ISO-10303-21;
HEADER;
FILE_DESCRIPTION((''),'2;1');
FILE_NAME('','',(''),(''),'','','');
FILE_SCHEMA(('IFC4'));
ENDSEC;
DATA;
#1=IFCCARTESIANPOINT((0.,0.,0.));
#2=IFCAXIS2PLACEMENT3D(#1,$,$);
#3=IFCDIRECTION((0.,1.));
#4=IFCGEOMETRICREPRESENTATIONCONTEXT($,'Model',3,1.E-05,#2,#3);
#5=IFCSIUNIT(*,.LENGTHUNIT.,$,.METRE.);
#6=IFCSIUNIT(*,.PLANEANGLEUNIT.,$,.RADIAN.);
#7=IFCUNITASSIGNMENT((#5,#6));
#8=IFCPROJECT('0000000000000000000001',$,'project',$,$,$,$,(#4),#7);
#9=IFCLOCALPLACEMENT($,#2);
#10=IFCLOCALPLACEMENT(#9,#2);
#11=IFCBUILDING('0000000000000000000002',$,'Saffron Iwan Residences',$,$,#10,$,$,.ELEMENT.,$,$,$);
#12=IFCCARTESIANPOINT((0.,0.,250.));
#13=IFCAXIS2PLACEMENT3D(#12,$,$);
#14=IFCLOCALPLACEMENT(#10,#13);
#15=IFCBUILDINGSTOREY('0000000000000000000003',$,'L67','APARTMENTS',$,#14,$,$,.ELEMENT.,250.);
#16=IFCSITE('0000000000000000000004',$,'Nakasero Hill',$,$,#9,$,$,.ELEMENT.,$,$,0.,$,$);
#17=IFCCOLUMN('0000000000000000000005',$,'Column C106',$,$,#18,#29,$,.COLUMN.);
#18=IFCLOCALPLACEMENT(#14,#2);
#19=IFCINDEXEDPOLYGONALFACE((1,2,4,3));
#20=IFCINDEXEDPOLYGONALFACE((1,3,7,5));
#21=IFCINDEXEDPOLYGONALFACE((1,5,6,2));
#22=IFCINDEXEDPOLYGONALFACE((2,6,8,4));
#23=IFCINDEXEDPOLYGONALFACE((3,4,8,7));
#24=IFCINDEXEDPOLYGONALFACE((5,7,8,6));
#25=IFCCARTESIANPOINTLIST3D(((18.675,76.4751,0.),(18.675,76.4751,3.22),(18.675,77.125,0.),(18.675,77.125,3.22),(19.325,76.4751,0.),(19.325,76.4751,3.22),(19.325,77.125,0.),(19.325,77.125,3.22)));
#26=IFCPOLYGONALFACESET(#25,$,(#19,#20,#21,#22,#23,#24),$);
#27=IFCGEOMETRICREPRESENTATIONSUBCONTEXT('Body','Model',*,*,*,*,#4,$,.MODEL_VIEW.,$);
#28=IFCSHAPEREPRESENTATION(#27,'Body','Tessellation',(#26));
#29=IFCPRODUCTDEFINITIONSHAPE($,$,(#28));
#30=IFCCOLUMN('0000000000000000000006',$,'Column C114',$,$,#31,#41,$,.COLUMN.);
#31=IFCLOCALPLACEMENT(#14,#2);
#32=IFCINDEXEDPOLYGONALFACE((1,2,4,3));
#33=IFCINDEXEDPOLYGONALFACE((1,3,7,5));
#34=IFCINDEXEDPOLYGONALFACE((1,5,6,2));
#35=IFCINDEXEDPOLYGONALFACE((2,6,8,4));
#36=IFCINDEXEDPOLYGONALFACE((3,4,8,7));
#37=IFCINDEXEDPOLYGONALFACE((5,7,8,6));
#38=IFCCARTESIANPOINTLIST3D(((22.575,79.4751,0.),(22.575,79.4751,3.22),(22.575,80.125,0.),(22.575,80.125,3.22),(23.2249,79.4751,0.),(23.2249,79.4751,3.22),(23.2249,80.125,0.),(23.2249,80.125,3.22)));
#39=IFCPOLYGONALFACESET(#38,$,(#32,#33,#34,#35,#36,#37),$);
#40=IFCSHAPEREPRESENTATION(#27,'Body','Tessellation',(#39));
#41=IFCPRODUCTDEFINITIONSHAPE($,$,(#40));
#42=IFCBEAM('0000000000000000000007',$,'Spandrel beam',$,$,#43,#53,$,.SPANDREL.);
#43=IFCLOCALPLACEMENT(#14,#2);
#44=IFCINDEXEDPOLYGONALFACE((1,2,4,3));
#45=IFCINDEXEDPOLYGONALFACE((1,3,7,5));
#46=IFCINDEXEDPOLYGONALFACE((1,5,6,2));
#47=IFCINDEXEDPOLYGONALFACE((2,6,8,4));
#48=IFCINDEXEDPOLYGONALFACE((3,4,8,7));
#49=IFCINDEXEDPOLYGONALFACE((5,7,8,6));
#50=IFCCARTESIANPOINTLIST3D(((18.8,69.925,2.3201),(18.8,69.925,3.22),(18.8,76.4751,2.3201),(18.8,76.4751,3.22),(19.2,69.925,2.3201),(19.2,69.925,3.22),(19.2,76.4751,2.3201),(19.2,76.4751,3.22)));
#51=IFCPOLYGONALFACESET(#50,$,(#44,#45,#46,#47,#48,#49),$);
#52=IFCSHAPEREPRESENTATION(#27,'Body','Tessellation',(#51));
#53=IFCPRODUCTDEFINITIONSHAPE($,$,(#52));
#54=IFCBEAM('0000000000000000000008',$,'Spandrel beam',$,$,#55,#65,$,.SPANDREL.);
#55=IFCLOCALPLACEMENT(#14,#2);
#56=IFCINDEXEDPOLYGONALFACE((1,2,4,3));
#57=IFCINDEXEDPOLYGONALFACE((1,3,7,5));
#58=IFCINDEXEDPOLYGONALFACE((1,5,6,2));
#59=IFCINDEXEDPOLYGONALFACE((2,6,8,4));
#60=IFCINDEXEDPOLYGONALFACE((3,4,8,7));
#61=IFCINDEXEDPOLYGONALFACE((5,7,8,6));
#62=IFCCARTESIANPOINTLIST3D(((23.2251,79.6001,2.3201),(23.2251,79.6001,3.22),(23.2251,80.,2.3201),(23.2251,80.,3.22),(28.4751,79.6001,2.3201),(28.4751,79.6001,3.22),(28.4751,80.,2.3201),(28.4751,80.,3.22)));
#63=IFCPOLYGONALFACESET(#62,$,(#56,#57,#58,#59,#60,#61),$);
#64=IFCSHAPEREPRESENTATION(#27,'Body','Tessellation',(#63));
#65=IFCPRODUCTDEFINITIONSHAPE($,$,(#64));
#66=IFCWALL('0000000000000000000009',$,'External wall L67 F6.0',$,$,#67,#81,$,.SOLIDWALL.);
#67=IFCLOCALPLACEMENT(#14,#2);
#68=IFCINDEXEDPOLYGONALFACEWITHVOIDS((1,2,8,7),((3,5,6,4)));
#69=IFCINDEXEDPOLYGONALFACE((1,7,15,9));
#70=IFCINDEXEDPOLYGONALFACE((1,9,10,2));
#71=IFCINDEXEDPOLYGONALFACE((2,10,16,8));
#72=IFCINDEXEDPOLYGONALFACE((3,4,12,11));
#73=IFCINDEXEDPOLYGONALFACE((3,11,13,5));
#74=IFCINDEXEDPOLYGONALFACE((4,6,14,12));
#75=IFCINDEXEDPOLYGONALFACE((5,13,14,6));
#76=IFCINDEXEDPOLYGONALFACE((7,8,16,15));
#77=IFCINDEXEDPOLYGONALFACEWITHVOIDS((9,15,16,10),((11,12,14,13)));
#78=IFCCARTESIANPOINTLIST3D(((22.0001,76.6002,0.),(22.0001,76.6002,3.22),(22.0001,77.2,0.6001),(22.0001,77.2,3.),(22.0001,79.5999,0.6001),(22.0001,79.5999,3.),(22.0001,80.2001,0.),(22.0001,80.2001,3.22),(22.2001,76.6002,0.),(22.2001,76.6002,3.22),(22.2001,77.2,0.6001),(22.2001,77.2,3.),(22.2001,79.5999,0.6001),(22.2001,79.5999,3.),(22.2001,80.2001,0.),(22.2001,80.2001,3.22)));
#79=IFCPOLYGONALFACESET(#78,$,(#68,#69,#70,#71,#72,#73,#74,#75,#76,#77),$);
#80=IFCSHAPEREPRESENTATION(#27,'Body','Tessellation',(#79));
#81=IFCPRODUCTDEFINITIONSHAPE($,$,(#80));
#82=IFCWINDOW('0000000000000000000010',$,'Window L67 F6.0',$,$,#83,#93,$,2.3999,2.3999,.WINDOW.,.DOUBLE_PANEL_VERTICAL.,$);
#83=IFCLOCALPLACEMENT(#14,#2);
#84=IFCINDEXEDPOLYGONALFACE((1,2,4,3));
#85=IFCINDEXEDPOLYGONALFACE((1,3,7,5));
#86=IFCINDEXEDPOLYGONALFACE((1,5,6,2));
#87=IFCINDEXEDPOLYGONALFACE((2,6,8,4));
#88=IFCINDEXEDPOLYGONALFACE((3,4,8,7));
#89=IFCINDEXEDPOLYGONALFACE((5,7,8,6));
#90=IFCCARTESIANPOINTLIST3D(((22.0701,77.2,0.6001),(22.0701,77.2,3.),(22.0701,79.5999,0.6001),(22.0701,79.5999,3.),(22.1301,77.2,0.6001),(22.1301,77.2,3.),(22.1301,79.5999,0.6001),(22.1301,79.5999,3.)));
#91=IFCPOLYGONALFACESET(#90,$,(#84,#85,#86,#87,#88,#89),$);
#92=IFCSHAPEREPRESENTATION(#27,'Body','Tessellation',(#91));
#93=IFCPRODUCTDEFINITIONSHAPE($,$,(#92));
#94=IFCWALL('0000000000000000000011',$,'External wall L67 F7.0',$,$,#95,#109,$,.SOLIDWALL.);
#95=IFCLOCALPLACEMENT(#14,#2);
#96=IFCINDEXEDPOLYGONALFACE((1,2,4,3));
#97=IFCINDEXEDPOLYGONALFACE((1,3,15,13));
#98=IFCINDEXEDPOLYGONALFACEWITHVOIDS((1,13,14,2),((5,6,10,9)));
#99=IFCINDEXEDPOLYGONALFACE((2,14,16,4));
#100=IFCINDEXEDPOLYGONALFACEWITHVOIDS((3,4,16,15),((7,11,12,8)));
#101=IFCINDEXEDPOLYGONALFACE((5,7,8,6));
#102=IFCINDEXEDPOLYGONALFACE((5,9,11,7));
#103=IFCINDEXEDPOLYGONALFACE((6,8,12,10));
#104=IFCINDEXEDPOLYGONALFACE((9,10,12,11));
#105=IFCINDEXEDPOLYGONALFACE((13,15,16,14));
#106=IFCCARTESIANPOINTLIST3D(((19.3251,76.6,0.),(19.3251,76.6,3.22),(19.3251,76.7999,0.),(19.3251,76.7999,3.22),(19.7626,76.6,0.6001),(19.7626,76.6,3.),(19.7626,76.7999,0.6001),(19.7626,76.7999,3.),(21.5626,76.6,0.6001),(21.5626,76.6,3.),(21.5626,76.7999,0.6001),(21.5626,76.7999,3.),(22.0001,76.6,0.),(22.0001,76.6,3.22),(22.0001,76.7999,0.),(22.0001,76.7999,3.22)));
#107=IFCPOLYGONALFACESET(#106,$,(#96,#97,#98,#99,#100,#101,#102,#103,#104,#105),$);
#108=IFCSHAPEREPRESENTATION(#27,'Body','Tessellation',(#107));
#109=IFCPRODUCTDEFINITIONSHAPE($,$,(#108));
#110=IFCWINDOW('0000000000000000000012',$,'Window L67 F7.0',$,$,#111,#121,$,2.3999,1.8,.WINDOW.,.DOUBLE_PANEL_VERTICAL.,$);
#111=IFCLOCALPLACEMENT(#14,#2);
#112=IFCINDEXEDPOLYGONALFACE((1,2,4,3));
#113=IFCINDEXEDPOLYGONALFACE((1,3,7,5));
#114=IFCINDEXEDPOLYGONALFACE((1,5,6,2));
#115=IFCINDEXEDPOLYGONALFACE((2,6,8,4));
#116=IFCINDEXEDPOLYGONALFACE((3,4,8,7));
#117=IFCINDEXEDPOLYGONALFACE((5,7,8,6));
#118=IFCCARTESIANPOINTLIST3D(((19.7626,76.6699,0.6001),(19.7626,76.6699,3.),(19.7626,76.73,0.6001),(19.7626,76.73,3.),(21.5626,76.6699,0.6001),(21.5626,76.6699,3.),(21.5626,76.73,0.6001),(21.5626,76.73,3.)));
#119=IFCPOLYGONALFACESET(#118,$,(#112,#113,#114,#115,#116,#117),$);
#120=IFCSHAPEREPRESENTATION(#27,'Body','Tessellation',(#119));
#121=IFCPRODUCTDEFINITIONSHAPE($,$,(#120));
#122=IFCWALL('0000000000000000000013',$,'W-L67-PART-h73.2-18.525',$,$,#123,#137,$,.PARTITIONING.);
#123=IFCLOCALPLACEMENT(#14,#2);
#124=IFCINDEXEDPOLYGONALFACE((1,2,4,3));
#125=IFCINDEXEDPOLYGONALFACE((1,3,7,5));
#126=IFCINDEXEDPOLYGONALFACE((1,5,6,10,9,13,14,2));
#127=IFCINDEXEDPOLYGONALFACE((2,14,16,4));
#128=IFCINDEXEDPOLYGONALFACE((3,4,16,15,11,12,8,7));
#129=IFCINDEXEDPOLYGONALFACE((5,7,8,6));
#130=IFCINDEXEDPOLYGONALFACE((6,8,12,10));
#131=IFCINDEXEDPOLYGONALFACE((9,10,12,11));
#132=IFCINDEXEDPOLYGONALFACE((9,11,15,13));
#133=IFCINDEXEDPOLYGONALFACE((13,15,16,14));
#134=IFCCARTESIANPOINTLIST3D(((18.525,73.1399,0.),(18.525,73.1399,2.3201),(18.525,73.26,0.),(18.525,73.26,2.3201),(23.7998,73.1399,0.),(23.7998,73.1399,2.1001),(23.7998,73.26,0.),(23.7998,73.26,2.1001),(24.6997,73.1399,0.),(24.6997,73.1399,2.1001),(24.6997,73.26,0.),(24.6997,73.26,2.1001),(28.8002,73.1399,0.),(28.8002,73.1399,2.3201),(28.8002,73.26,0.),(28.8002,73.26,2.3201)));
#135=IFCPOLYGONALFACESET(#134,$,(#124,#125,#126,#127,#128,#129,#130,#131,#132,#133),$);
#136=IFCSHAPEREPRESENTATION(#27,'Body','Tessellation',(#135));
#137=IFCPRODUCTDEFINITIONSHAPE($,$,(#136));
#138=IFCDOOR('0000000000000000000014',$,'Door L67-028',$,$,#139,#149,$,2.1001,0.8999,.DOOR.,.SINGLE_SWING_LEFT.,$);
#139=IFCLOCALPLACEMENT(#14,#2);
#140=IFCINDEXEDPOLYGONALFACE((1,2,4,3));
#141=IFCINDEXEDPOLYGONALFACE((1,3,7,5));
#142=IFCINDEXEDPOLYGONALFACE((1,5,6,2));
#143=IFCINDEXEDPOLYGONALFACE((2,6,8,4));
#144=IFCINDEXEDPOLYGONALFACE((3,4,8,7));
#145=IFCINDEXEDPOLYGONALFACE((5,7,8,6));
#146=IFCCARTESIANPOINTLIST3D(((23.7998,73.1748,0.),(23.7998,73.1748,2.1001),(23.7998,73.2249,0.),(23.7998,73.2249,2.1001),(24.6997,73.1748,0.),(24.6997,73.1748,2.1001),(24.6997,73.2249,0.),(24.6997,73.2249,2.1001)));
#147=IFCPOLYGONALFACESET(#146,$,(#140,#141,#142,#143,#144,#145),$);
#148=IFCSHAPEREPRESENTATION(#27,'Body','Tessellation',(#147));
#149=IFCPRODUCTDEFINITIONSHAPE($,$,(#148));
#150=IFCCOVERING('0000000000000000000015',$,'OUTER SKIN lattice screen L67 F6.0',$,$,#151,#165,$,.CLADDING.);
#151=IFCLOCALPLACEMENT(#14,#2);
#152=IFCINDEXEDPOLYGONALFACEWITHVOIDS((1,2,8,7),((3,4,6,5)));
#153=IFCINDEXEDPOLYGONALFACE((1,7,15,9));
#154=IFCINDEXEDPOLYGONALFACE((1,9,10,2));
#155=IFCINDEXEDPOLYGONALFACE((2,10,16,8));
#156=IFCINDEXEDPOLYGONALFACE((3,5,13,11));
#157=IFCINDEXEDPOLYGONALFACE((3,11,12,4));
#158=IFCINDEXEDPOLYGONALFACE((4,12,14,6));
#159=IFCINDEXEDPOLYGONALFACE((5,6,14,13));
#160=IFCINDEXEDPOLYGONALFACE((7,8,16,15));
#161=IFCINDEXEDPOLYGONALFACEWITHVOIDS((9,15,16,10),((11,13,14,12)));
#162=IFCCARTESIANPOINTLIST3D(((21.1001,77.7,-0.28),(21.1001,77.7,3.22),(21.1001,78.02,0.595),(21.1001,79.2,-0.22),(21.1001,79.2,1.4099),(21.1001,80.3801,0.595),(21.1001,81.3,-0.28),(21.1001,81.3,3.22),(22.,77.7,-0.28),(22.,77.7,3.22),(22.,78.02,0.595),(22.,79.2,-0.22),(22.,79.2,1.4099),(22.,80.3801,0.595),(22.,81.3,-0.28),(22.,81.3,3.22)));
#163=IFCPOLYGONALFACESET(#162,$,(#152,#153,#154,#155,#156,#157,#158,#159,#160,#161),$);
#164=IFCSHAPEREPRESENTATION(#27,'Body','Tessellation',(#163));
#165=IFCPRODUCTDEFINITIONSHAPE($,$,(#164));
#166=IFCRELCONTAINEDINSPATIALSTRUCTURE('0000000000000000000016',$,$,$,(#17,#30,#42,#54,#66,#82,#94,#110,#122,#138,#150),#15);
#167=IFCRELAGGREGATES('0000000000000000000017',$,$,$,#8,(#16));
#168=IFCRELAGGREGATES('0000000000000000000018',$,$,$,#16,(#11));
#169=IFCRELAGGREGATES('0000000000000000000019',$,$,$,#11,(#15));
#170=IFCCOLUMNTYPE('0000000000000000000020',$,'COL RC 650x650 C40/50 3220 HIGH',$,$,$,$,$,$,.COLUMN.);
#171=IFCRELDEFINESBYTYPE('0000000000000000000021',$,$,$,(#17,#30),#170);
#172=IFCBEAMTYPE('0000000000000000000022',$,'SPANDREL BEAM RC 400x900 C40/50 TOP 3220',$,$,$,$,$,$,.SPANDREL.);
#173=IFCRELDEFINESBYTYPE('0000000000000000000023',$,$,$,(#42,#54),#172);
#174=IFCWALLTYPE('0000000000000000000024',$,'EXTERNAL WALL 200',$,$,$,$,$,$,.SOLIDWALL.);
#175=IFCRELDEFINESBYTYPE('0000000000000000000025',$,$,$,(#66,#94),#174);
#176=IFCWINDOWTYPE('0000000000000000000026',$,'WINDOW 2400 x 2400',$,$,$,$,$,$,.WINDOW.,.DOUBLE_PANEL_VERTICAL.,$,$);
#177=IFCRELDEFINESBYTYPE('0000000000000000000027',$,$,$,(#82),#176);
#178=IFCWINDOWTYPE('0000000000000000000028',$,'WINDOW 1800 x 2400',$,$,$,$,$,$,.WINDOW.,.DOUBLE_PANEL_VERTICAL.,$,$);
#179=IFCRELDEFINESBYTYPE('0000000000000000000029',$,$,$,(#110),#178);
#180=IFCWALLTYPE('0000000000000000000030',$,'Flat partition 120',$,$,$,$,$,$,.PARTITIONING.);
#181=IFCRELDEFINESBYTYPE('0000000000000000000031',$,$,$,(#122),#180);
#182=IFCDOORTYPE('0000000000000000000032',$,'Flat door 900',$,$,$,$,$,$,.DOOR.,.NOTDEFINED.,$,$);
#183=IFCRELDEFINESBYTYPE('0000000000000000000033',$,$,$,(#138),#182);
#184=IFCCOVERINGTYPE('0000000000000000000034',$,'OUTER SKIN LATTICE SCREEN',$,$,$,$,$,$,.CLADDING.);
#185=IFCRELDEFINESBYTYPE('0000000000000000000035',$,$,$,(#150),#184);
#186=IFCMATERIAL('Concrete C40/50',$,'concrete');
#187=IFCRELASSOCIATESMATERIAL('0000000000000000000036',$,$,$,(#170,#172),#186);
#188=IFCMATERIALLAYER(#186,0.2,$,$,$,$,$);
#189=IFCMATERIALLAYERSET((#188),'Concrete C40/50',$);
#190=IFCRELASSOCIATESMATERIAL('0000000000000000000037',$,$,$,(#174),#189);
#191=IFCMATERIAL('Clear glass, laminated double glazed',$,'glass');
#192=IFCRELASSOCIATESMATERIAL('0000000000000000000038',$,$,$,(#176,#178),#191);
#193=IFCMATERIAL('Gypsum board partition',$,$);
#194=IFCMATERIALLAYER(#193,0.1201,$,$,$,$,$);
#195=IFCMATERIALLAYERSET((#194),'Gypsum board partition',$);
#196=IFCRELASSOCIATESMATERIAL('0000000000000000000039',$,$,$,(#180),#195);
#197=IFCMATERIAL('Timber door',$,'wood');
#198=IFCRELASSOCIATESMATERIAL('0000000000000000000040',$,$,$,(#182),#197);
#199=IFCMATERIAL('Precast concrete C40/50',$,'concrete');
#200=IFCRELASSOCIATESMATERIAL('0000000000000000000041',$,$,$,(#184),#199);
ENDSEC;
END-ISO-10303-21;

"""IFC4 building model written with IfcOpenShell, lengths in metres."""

from ifc_helpers import new_model, si_unit, direction, frame, frame_2d, origin, origin_2d, place, context, subcontext, project, spatial, polyline, rectangle, outline, extrude, source, transform, mapped, material, layer, layer_set, material_profile, profile_set, type_object, element, fill, save


model = new_model("IFC4")

# Units and contexts
model_context = context("Model", 3, precision=1e-05, world=origin(), true_north=direction((0.0, 1.0)))
body_context = subcontext(model_context, "Body", "Model", "MODEL_VIEW")
ifc_project = project(units=[si_unit("LENGTHUNIT", "METRE"), si_unit("PLANEANGLEUNIT", "RADIAN")], contexts=[model_context])

# Site, building, storey
site_placement = place(None, origin())
site = spatial("IfcSite", under=ifc_project, at=site_placement, Name="Nakasero Hill", CompositionType="ELEMENT", RefElevation=0.0)
building_placement = place(site_placement, origin())
building = spatial("IfcBuilding", under=site, at=building_placement, Name="Saffron Iwan Residences", CompositionType="ELEMENT")
storey_placement = place(building_placement, frame((0.0, 0.0, 250.0)))
storey = spatial("IfcBuildingStorey", under=building, at=storey_placement, Name="L67", Description="APARTMENTS", CompositionType="ELEMENT", Elevation=250.0)

# Columns
ifc_material_1 = material(Name="Concrete C40/50", Category="concrete")
ifc_material_profile_1 = material_profile(ifc_material_1, rectangle(XDim=0.6499, YDim=0.6499, at=origin_2d()), Name="RC 650x650")
ifc_profile_set_1 = profile_set([ifc_material_profile_1], Name="Concrete C40/50")
column_type = type_object("IfcColumnType", Name="COL RC 650x650 C40/50 3220 HIGH", PredefinedType="COLUMN", material=ifc_profile_set_1)
shared_shape_1 = source(origin(), body_context, "Body", "SweptSolid", [
    extrude(rectangle(XDim=0.6499, YDim=0.6499, at=origin_2d()), origin(), (0.0, 0.0, 1.0), 3.22),
])
for number, where, z_axis, x_axis, name in (
    (1, (19.0, 76.8, 0.0), (0.0, 0.0, 1.0), (1.0, 0.0, 0.0), "Column C106"),
    (2, (22.8999, 79.8, 0.0), (0.0, 0.0, 1.0), (1.0, 0.0, 0.0), "Column C114"),
):
    element("IfcColumn", number, at=place(storey_placement, frame(where, z_axis=z_axis, x_axis=x_axis)), inside=storey, type_object=column_type, Name=name, PredefinedType="COLUMN", context=body_context, shape_type="MappedRepresentation", body=[
        mapped(shared_shape_1, transform((0.0, 0.0, 0.0))),
    ])

# Beams
ifc_material_profile_2 = material_profile(ifc_material_1, rectangle(XDim=0.3999, YDim=0.8999, at=origin_2d()), Name="RC 400x900")
ifc_profile_set_2 = profile_set([ifc_material_profile_2], Name="Concrete C40/50")
beam_type = type_object("IfcBeamType", Name="SPANDREL BEAM RC 400x900 C40/50 TOP 3220", PredefinedType="SPANDREL", material=ifc_profile_set_2)
shared_shape_2 = source(origin(), body_context, "Body", "SweptSolid", [
    extrude(rectangle(XDim=0.3999, YDim=0.8999, at=origin_2d()), origin(), (0.0, 0.0, 1.0), 6.55),
])
beam_1_placement = place(storey_placement, frame((19.0, 69.925, 2.77), z_axis=(0.0, 1.0, 0.0), x_axis=(-1.0, 0.0, 0.0)))
element("IfcBeam", 3, at=beam_1_placement, inside=storey, type_object=beam_type, Name="Spandrel beam", PredefinedType="SPANDREL", context=body_context, shape_type="MappedRepresentation", body=[
    mapped(shared_shape_2, transform((0.0, 0.0, 0.0))),
])
shared_shape_3 = source(origin(), body_context, "Body", "SweptSolid", [
    extrude(rectangle(XDim=0.3999, YDim=0.8999, at=origin_2d()), origin(), (0.0, 0.0, 1.0), 5.25),
])
beam_2_placement = place(storey_placement, frame((23.2251, 79.8, 2.77), z_axis=(1.0, 0.0, 0.0), x_axis=(0.0, 1.0, 0.0)))
element("IfcBeam", 4, at=beam_2_placement, inside=storey, type_object=beam_type, Name="Spandrel beam", PredefinedType="SPANDREL", context=body_context, shape_type="MappedRepresentation", body=[
    mapped(shared_shape_3, transform((0.0, 0.0, 0.0))),
])

# Walls, openings, windows
ifc_layer_1 = layer(ifc_material_1, 0.2)
ifc_layer_set_1 = layer_set([ifc_layer_1], Name="Concrete C40/50")
wall_type_1 = type_object("IfcWallType", Name="EXTERNAL WALL 200", PredefinedType="SOLIDWALL", material=ifc_layer_set_1)
wall_1_placement = place(storey_placement, frame((22.1001, 80.2, 0.0), z_axis=(0.0, 0.0, 1.0), x_axis=(0.0, -1.0, 0.0)))
wall_1 = element("IfcWall", 5, at=wall_1_placement, inside=storey, type_object=wall_type_1, Name="External wall L67 F6.0", PredefinedType="SOLIDWALL", context=body_context, shape_type="SweptSolid", body=[
    extrude(rectangle(XDim=3.5999, YDim=0.2, at=frame_2d((1.7998, 0.0))), origin(), (0.0, 0.0, 1.0), 3.22),
])
opening_1_placement = place(wall_1_placement, frame((0.6001, 0.0, 0.6001)))
opening_1 = element("IfcOpeningElement", 6, at=opening_1_placement, cuts=wall_1, PredefinedType="OPENING", context=body_context, shape_type="SweptSolid", body=[
    extrude(rectangle(XDim=2.3999, YDim=2.3999, at=frame_2d((1.2, 1.2))), frame((0.0, 0.1099, 0.0), z_axis=(0.0, -1.0, 0.0), x_axis=(1.0, 0.0, 0.0)), (0.0, 0.0, 1.0), 0.22),
])
ifc_material_2 = material(Name="Clear glass, laminated double glazed", Category="glass")
window_type_1 = type_object("IfcWindowType", Name="WINDOW 2400 x 2400", PartitioningType="DOUBLE_PANEL_VERTICAL", PredefinedType="WINDOW", material=ifc_material_2)
window_1_placement = place(opening_1_placement, origin())
window_1 = element("IfcWindow", 7, at=window_1_placement, inside=storey, type_object=window_type_1, Name="Window L67 F6.0", OverallHeight=2.3999, OverallWidth=2.3999, PartitioningType="DOUBLE_PANEL_VERTICAL", PredefinedType="WINDOW", context=body_context, shape_type="SweptSolid", body=[
    extrude(rectangle(XDim=2.3999, YDim=2.3999, at=frame_2d((1.2, 1.2))), frame((0.0, 0.03, 0.0), z_axis=(0.0, -1.0, 0.0), x_axis=(1.0, 0.0, 0.0)), (0.0, 0.0, 1.0), 0.0601),
])
fill(opening_1, window_1)
wall_2_placement = place(storey_placement, frame((22.0, 76.7, 0.0), z_axis=(0.0, 0.0, 1.0), x_axis=(-1.0, 0.0, 0.0)))
wall_2 = element("IfcWall", 8, at=wall_2_placement, inside=storey, type_object=wall_type_1, Name="External wall L67 F7.0", PredefinedType="SOLIDWALL", context=body_context, shape_type="SweptSolid", body=[
    extrude(rectangle(XDim=2.675, YDim=0.2, at=frame_2d((1.3374, 0.0))), origin(), (0.0, 0.0, 1.0), 3.22),
])
opening_2_placement = place(wall_2_placement, frame((0.4375, 0.0, 0.6001)))
opening_2 = element("IfcOpeningElement", 9, at=opening_2_placement, cuts=wall_2, PredefinedType="OPENING", context=body_context, shape_type="SweptSolid", body=[
    extrude(rectangle(XDim=1.8, YDim=2.3999, at=frame_2d((0.8999, 1.2))), frame((0.0, 0.1099, 0.0), z_axis=(0.0, -1.0, 0.0), x_axis=(1.0, 0.0, 0.0)), (0.0, 0.0, 1.0), 0.22),
])
window_type_2 = type_object("IfcWindowType", Name="WINDOW 1800 x 2400", PartitioningType="DOUBLE_PANEL_VERTICAL", PredefinedType="WINDOW", material=ifc_material_2)
window_2_placement = place(opening_2_placement, origin())
window_2 = element("IfcWindow", 10, at=window_2_placement, inside=storey, type_object=window_type_2, Name="Window L67 F7.0", OverallHeight=2.3999, OverallWidth=1.8, PartitioningType="DOUBLE_PANEL_VERTICAL", PredefinedType="WINDOW", context=body_context, shape_type="SweptSolid", body=[
    extrude(rectangle(XDim=1.8, YDim=2.3999, at=frame_2d((0.8999, 1.2))), frame((0.0, 0.03, 0.0), z_axis=(0.0, -1.0, 0.0), x_axis=(1.0, 0.0, 0.0)), (0.0, 0.0, 1.0), 0.0601),
])
fill(opening_2, window_2)

# Wall, opening, door
ifc_material_3 = material(Name="Gypsum board partition")
ifc_layer_2 = layer(ifc_material_3, 0.1201)
ifc_layer_set_2 = layer_set([ifc_layer_2], Name="Gypsum board partition")
wall_type_2 = type_object("IfcWallType", Name="Flat partition 120", PredefinedType="PARTITIONING", material=ifc_layer_set_2)
wall_3_placement = place(storey_placement, frame((18.5249, 73.2, 0.0), z_axis=(0.0, 0.0, 1.0), x_axis=(1.0, 0.0, 0.0)))
wall_3 = element("IfcWall", 11, at=wall_3_placement, inside=storey, type_object=wall_type_2, Name="W-L67-PART-h73.2-18.525", PredefinedType="PARTITIONING", context=body_context, shape_type="SweptSolid", body=[
    extrude(rectangle(XDim=10.2751, YDim=0.1201, at=frame_2d((5.1377, 0.0))), origin(), (0.0, 0.0, 1.0), 2.3201),
])
opening_3_placement = place(wall_3_placement, frame((5.2749, 0.0, 0.0)))
opening_3 = element("IfcOpeningElement", 12, at=opening_3_placement, cuts=wall_3, PredefinedType="OPENING", context=body_context, shape_type="SweptSolid", body=[
    extrude(rectangle(XDim=0.8999, YDim=2.1001, at=frame_2d((0.45, 1.05))), frame((0.0, 0.0701, 0.0), z_axis=(0.0, -1.0, 0.0), x_axis=(1.0, 0.0, 0.0)), (0.0, 0.0, 1.0), 0.1401),
])
ifc_material_4 = material(Name="Timber door", Category="wood")
door_type_1 = type_object("IfcDoorType", Name="Flat door 900", OperationType="NOTDEFINED", PredefinedType="DOOR", material=ifc_material_4)
door_1_placement = place(opening_3_placement, origin())
door_1 = element("IfcDoor", 13, at=door_1_placement, inside=storey, type_object=door_type_1, Name="Door L67-028", OperationType="SINGLE_SWING_LEFT", OverallHeight=2.1001, OverallWidth=0.8999, PredefinedType="DOOR", context=body_context, shape_type="SweptSolid", body=[
    extrude(rectangle(XDim=0.8999, YDim=2.1001, at=frame_2d((0.45, 1.05))), frame((0.0, 0.0249, 0.0), z_axis=(0.0, -1.0, 0.0), x_axis=(1.0, 0.0, 0.0)), (0.0, 0.0, 1.0), 0.05),
])
fill(opening_3, door_1)

# Covering
ifc_material_5 = material(Name="Precast concrete C40/50", Category="concrete")
covering_type = type_object("IfcCoveringType", Name="OUTER SKIN LATTICE SCREEN", PredefinedType="CLADDING", material=ifc_material_5)
for number, where, z_axis, x_axis, name in (
    (14, (22.0, 81.3, -0.28), (-1.0, 0.0, 0.0), (0.0, -1.0, 0.0), "OUTER SKIN lattice screen L67 F6.0"),
):
    element("IfcCovering", number, at=place(storey_placement, frame(where, z_axis=z_axis, x_axis=x_axis)), inside=storey, type_object=covering_type, Name=name, PredefinedType="CLADDING", context=body_context, shape_type="SweptSolid", body=[
        extrude(outline(polyline([(0.0, 0.0), (3.6001, 0.0), (3.6001, 3.5), (0.0, 3.5), (0.0, 0.0)]), holes=[polyline([(0.9199, 0.875), (2.1001, 0.0601), (3.28, 0.875), (2.1001, 1.6899), (0.9199, 0.875)])]), origin(), (0.0, 0.0, 1.0), 0.8999),
    ])

save(model, "model.ifc")
